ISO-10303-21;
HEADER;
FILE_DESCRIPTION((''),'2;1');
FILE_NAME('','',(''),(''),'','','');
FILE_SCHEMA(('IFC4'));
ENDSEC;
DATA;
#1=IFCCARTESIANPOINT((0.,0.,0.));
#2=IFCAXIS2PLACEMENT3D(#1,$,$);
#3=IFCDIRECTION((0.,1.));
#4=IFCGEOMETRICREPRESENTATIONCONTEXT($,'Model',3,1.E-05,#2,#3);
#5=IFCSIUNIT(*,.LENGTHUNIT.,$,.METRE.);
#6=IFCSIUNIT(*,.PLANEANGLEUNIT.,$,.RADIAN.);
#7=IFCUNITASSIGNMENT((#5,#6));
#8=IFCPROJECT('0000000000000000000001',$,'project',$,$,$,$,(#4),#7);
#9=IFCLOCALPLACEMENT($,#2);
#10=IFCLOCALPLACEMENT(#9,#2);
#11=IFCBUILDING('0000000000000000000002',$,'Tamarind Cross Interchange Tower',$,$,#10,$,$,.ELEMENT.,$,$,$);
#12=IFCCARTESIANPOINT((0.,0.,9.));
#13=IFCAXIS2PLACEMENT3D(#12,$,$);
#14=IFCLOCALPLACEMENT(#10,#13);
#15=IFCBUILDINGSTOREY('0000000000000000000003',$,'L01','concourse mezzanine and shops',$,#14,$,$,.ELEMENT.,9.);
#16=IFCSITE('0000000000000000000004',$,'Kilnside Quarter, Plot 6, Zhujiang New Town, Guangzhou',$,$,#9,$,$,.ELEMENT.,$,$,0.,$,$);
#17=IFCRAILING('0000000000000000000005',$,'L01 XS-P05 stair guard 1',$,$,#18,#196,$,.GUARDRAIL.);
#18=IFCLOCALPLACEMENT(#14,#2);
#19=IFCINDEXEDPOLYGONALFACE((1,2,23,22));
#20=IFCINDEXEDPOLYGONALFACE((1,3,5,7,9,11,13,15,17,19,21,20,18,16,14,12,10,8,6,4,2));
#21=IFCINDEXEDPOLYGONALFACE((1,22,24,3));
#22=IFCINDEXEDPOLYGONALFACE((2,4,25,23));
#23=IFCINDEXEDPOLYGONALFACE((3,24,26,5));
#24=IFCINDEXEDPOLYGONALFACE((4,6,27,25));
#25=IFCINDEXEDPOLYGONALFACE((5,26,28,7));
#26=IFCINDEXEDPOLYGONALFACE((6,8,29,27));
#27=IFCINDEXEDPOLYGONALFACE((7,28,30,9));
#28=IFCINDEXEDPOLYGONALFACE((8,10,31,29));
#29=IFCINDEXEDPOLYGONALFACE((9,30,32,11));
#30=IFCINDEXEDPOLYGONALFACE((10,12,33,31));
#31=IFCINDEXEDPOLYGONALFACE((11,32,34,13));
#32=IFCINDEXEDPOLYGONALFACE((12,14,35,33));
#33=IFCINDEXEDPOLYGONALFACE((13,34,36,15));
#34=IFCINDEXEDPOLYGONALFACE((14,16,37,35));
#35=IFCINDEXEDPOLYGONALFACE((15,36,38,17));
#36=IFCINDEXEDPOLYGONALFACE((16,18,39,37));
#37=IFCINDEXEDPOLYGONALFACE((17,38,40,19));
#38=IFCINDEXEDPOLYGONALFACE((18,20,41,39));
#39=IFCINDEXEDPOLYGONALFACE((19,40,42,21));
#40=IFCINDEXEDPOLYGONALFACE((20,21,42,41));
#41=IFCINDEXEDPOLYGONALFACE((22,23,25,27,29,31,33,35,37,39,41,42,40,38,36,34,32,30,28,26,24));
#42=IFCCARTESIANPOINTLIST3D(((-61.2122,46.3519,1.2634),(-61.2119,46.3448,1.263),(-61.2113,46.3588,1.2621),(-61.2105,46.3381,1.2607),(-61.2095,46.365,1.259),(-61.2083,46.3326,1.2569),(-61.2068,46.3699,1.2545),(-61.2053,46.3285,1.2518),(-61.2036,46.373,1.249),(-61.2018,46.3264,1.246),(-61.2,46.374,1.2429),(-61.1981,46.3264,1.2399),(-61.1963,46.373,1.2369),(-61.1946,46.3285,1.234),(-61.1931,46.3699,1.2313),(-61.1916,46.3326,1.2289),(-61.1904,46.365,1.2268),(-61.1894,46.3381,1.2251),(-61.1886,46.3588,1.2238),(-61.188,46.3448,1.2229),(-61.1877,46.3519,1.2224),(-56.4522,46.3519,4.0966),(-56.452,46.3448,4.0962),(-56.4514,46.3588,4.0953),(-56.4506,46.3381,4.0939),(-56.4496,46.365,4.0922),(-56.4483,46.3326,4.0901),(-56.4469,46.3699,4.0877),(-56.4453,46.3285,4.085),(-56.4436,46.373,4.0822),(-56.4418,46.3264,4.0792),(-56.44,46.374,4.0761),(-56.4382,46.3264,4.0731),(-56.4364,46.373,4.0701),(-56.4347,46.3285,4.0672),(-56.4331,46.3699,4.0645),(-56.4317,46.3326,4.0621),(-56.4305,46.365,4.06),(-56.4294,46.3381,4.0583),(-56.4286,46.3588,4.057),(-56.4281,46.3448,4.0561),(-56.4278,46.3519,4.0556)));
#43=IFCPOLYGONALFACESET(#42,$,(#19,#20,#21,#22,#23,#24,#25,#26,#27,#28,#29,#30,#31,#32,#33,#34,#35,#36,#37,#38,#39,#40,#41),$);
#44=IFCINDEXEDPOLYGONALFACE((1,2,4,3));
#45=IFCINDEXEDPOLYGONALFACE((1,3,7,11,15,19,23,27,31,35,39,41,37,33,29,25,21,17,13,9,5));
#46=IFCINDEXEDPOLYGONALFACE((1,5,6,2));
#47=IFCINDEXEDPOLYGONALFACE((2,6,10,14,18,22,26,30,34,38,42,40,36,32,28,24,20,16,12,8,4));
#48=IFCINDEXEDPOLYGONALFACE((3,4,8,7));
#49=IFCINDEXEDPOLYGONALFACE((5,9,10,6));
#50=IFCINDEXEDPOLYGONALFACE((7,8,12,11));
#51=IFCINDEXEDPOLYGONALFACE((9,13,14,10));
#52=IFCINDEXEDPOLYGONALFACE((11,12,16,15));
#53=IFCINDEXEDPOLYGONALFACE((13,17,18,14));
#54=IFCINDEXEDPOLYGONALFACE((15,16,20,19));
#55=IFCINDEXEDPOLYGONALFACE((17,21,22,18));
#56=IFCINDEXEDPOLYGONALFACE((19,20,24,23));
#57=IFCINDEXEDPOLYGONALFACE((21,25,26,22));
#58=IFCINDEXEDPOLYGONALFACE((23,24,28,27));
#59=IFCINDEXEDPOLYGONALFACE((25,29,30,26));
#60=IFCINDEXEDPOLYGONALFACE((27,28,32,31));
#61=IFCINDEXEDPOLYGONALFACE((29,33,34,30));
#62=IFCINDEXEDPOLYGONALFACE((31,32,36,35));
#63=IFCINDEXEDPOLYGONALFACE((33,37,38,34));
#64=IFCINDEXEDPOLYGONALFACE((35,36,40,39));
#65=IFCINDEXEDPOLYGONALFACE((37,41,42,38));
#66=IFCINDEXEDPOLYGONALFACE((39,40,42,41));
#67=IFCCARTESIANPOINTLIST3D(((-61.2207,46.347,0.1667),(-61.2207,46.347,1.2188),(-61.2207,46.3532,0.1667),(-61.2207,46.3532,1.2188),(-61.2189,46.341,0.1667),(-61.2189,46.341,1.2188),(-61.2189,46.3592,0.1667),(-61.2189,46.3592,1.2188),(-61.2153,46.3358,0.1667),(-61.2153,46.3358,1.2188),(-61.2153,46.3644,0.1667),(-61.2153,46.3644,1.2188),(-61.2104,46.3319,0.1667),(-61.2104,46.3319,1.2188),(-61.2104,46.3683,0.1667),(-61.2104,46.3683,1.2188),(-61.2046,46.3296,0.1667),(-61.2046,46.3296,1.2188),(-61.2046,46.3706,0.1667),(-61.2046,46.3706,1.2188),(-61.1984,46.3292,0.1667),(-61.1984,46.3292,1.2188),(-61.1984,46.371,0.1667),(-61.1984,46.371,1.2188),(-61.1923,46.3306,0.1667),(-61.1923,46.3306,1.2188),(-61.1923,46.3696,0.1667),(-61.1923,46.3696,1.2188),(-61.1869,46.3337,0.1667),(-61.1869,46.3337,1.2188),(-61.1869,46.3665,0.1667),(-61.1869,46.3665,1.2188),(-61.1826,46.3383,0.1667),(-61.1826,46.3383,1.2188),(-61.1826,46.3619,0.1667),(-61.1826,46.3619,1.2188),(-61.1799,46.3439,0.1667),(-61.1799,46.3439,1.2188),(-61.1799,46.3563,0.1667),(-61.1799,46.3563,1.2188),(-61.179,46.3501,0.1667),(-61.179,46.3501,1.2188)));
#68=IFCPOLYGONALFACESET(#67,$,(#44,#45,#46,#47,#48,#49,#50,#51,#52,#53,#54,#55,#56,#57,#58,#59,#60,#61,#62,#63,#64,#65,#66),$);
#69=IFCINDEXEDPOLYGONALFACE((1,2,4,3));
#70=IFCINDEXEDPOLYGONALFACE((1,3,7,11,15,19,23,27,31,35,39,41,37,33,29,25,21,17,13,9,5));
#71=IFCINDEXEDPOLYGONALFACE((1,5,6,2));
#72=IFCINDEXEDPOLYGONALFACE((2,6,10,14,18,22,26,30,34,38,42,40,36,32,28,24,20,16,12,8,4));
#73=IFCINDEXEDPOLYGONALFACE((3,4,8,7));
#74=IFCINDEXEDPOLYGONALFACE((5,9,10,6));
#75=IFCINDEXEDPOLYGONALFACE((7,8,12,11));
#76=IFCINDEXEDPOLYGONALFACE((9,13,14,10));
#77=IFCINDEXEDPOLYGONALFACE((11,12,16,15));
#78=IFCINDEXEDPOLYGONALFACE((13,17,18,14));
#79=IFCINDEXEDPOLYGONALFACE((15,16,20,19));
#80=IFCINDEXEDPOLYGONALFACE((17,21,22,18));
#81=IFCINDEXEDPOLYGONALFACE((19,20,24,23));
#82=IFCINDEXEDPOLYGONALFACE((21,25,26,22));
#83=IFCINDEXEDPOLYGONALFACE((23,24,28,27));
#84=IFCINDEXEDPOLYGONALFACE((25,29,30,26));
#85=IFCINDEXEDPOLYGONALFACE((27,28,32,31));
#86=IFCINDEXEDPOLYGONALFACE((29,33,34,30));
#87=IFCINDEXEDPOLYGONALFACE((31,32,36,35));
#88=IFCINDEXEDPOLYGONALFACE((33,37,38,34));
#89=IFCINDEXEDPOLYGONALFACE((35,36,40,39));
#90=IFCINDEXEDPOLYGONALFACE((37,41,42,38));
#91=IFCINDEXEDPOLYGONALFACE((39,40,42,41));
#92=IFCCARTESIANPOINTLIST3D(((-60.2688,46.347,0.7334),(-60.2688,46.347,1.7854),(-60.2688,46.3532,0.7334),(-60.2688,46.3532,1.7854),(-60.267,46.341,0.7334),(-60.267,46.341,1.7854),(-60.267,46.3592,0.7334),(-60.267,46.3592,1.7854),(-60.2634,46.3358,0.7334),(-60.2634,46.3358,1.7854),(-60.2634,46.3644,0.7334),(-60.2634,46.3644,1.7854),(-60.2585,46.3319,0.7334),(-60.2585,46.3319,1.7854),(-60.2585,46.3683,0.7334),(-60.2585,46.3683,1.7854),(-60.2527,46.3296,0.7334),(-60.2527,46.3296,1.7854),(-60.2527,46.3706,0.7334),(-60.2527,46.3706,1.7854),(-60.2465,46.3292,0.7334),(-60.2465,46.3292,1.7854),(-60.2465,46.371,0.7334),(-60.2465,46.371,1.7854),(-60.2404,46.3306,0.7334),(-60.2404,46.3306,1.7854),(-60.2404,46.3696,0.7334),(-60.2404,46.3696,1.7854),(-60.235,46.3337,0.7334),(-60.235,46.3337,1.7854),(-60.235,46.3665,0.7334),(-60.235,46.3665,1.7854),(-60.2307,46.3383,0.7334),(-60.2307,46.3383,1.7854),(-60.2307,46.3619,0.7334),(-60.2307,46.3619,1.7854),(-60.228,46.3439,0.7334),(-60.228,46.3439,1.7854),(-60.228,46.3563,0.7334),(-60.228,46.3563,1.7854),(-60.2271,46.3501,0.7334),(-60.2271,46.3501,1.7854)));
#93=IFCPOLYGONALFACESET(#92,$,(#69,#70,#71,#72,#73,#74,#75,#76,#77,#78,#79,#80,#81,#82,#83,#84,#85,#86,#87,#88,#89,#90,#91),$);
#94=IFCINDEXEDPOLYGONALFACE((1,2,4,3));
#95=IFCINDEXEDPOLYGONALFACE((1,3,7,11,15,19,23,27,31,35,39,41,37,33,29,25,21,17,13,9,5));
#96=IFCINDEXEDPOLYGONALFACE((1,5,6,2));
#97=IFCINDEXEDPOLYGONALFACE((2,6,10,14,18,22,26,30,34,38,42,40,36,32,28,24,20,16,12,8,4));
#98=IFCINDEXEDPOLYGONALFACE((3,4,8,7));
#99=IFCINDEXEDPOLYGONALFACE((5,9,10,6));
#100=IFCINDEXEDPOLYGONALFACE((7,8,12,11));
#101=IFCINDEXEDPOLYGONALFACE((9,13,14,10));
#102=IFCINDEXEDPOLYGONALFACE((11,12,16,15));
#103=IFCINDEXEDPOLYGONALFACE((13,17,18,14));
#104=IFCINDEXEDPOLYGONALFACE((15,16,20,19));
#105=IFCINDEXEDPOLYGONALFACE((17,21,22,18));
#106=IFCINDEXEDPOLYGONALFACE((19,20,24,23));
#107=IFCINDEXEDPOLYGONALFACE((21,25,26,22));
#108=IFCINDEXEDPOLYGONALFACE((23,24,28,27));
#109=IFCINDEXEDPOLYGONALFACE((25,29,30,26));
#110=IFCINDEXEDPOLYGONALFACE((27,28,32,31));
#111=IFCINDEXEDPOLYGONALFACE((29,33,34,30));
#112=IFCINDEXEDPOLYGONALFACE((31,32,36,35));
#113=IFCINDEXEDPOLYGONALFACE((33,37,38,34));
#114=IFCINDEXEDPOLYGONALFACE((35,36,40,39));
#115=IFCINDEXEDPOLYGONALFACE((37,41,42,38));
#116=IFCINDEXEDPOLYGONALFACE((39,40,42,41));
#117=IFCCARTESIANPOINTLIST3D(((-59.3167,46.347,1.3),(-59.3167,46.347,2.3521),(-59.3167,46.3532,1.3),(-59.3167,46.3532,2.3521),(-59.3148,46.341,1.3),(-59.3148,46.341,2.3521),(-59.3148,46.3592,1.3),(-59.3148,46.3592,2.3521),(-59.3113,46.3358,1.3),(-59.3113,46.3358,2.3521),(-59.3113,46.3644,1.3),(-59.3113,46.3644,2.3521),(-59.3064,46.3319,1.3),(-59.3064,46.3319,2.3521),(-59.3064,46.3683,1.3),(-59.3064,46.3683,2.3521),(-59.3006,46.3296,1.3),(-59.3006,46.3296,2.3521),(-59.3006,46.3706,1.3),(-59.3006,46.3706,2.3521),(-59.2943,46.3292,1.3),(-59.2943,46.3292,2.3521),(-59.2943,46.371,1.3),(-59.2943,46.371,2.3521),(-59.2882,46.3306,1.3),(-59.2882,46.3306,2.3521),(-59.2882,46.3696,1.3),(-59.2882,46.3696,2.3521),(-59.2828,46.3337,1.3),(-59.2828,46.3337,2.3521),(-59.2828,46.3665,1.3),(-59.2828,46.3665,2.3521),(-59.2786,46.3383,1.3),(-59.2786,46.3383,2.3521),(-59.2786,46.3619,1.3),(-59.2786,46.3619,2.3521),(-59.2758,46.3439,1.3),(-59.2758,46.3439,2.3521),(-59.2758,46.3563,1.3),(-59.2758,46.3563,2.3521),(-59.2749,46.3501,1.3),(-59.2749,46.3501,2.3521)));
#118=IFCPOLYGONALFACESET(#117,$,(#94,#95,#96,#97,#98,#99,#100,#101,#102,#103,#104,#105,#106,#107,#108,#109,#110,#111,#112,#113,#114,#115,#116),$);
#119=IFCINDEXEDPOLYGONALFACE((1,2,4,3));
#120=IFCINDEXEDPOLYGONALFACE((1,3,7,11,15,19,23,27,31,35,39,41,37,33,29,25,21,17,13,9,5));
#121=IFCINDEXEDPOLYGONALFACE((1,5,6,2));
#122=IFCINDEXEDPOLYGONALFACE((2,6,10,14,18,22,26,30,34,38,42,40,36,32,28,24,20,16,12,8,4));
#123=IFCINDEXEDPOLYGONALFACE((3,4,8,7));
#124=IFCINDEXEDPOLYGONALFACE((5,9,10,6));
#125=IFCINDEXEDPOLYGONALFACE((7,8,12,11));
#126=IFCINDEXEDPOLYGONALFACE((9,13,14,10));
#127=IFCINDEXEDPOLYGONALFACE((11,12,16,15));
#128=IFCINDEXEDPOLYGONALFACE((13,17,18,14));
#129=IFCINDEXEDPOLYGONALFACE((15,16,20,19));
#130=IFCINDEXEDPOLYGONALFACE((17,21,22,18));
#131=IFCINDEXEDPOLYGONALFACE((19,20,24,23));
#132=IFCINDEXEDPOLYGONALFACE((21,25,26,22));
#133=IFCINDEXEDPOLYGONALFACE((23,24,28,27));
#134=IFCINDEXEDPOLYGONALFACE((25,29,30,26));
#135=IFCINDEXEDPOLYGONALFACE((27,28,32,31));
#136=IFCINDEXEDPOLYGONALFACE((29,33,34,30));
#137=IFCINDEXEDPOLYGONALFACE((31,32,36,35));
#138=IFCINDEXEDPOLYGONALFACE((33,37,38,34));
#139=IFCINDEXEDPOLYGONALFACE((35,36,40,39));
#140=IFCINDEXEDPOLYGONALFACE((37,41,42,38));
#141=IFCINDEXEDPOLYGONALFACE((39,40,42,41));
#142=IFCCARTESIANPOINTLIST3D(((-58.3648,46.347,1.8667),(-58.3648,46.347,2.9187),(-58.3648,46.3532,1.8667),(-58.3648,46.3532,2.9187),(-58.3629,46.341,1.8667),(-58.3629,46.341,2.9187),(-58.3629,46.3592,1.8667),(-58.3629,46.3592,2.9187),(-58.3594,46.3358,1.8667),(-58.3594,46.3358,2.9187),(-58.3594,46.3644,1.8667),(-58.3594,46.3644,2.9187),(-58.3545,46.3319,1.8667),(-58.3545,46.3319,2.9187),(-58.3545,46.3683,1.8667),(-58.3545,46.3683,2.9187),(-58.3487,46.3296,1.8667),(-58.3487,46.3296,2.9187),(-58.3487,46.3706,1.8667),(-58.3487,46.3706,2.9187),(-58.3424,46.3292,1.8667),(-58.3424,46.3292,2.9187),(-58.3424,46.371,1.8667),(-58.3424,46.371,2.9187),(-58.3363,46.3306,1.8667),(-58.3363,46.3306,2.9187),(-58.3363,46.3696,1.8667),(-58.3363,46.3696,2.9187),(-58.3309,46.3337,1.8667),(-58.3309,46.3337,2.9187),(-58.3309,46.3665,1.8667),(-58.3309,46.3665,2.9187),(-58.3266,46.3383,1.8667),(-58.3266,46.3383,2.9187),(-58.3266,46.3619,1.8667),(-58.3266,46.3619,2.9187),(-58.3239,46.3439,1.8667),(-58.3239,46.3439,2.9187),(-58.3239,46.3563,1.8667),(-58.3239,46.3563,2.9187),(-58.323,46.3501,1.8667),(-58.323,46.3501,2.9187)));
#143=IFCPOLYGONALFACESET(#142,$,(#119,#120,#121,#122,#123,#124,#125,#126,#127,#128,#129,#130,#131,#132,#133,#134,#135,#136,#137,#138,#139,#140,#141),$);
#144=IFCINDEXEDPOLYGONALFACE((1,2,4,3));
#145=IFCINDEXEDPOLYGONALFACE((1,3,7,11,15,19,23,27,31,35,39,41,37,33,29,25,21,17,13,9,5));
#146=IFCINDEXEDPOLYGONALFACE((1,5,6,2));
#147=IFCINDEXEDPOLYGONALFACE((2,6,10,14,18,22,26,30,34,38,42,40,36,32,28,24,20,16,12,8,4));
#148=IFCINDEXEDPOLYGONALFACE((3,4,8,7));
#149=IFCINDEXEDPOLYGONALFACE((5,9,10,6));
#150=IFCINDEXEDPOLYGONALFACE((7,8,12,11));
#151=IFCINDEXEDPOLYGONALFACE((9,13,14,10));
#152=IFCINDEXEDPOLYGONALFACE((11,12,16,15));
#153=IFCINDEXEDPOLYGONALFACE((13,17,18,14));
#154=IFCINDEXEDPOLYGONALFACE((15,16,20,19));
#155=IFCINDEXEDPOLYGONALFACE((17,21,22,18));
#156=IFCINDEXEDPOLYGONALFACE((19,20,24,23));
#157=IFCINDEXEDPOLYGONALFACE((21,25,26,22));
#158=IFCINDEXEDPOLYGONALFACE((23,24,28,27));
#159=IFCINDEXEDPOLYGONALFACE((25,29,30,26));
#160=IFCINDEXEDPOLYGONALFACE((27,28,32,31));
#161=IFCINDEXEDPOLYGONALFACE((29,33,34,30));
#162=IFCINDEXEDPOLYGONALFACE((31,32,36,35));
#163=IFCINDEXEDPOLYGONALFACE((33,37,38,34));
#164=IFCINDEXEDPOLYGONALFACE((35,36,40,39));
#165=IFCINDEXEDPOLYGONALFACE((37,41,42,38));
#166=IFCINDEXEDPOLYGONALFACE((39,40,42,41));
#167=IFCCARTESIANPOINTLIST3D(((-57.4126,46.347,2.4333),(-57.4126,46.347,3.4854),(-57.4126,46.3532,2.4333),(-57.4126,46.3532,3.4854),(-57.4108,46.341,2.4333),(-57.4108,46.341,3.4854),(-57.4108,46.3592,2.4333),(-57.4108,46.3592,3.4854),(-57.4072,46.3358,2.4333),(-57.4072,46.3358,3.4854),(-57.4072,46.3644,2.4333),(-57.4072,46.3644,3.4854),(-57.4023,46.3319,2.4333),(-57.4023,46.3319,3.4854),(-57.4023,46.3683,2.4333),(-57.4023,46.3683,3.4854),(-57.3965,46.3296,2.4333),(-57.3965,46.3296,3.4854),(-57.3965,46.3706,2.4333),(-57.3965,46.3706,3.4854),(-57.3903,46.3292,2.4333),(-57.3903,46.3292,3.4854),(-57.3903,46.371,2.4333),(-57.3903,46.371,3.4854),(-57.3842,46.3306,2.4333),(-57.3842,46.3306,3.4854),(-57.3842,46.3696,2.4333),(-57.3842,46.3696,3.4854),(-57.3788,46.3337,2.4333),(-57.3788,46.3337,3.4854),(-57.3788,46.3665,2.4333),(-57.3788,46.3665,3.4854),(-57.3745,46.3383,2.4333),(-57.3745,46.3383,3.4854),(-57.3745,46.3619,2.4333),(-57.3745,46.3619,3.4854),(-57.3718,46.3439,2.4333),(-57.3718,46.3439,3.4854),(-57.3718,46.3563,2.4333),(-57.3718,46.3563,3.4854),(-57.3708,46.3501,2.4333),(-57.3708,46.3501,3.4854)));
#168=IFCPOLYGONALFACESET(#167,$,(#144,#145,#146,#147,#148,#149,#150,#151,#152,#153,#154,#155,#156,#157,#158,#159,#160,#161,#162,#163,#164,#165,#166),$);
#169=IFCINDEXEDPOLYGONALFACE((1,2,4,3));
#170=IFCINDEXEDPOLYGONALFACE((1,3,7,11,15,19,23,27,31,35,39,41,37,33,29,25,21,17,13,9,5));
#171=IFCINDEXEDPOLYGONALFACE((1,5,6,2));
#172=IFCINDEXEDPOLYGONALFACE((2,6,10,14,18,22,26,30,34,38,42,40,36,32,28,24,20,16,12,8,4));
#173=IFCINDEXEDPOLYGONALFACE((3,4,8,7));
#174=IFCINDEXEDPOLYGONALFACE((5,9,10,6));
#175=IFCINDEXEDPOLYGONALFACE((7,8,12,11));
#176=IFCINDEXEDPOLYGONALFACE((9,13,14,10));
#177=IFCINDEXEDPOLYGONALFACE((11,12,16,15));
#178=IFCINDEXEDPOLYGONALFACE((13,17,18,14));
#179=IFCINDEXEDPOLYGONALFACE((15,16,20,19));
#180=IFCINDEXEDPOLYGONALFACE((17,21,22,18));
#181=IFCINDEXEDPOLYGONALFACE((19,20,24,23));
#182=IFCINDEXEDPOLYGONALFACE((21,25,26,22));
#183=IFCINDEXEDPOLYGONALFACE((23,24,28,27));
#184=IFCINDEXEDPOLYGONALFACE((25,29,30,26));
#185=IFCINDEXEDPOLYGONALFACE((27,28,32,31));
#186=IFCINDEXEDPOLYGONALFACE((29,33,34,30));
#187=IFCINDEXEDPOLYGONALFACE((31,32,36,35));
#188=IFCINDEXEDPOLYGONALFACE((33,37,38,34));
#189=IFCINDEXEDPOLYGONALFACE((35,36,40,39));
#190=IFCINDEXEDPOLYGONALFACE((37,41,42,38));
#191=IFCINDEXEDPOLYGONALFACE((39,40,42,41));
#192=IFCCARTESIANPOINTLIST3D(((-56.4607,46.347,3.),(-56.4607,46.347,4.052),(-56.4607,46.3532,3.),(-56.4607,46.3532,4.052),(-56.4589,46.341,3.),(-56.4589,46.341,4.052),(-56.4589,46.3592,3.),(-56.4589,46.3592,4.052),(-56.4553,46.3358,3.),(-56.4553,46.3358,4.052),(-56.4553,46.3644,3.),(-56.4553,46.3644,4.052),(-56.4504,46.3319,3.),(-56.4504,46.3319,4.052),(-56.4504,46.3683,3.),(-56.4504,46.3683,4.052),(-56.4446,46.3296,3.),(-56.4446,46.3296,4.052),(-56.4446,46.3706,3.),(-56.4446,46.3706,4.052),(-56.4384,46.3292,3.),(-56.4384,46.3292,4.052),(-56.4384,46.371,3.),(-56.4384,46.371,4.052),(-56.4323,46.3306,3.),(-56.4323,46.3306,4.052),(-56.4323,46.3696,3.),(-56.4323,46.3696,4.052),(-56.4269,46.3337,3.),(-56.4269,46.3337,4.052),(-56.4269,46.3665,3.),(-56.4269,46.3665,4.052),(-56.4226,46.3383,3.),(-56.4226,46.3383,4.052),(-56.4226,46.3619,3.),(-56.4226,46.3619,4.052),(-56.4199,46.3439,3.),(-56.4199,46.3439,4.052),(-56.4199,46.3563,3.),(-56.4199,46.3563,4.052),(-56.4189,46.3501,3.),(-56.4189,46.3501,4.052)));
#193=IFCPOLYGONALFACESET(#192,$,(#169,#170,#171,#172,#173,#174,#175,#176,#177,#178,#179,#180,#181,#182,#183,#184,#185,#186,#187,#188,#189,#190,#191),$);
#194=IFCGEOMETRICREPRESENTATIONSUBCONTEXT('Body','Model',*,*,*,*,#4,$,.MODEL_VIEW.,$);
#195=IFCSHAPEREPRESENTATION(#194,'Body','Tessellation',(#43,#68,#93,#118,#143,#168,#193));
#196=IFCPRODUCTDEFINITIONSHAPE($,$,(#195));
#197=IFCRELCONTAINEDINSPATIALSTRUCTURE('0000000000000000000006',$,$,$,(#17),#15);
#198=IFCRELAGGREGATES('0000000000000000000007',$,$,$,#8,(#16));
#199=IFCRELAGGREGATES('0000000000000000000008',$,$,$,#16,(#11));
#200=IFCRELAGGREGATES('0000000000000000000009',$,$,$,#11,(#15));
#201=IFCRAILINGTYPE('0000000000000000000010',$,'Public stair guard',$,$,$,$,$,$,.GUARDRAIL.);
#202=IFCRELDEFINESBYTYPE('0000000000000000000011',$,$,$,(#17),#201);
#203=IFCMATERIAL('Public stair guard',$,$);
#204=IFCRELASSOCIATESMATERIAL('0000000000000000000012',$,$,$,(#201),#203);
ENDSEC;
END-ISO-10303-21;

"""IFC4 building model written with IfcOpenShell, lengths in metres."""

from ifc_helpers import new_model, si_unit, direction, frame, origin, origin_2d, place, context, subcontext, project, spatial, circle, extrude, material, type_object, element, save


model = new_model("IFC4")

# Units and contexts
model_context = context("Model", 3, precision=1e-05, world=origin(), true_north=direction((0.0, 1.0)))
body_context = subcontext(model_context, "Body", "Model", "MODEL_VIEW")
ifc_project = project(units=[si_unit("LENGTHUNIT", "METRE"), si_unit("PLANEANGLEUNIT", "RADIAN")], contexts=[model_context])

# Site, building, storey
site_placement = place(None, origin())
site = spatial("IfcSite", under=ifc_project, at=site_placement, Name="Kilnside Quarter, Plot 6, Zhujiang New Town, Guangzhou", CompositionType="ELEMENT", RefElevation=0.0)
building_placement = place(site_placement, origin())
building = spatial("IfcBuilding", under=site, at=building_placement, Name="Tamarind Cross Interchange Tower", CompositionType="ELEMENT")
storey_placement = place(building_placement, frame((0.0, 0.0, 9.0)))
storey = spatial("IfcBuildingStorey", under=building, at=storey_placement, Name="L01", Description="concourse mezzanine and shops", CompositionType="ELEMENT", Elevation=9.0)

# Railing
ifc_material_1 = material(Name="Public stair guard")
railing_type_1 = type_object("IfcRailingType", Name="Public stair guard", PredefinedType="GUARDRAIL", material=ifc_material_1)
railing_1_placement = place(storey_placement, frame((-61.2, 46.3501, 0.1667)))
element("IfcRailing", 1, at=railing_1_placement, inside=storey, type_object=railing_type_1, Name="L01 XS-P05 stair guard 1", PredefinedType="GUARDRAIL", context=body_context, shape_type="SweptSolid", body=[
    extrude(circle(Radius=0.0239, at=origin_2d()), frame((0.0, 0.0, 1.0762), z_axis=(0.8593, 0.0, 0.511472), x_axis=(0.0, 1.0, 0.0)), (0.0, 0.0, 1.0), 5.5393),
    extrude(circle(Radius=0.021, at=origin_2d()), origin(), (0.0, 0.0, 1.0), 1.052),
    extrude(circle(Radius=0.021, at=origin_2d()), frame((0.9519, 0.0, 0.5667)), (0.0, 0.0, 1.0), 1.052),
    extrude(circle(Radius=0.021, at=origin_2d()), frame((1.9041, 0.0, 1.1333)), (0.0, 0.0, 1.0), 1.052),
    extrude(circle(Radius=0.021, at=origin_2d()), frame((2.856, 0.0, 1.7)), (0.0, 0.0, 1.0), 1.052),
    extrude(circle(Radius=0.021, at=origin_2d()), frame((3.8081, 0.0, 2.2666)), (0.0, 0.0, 1.0), 1.052),
    extrude(circle(Radius=0.021, at=origin_2d()), frame((4.76, 0.0, 2.8333)), (0.0, 0.0, 1.0), 1.052),
])

save(model, "model.ifc")
